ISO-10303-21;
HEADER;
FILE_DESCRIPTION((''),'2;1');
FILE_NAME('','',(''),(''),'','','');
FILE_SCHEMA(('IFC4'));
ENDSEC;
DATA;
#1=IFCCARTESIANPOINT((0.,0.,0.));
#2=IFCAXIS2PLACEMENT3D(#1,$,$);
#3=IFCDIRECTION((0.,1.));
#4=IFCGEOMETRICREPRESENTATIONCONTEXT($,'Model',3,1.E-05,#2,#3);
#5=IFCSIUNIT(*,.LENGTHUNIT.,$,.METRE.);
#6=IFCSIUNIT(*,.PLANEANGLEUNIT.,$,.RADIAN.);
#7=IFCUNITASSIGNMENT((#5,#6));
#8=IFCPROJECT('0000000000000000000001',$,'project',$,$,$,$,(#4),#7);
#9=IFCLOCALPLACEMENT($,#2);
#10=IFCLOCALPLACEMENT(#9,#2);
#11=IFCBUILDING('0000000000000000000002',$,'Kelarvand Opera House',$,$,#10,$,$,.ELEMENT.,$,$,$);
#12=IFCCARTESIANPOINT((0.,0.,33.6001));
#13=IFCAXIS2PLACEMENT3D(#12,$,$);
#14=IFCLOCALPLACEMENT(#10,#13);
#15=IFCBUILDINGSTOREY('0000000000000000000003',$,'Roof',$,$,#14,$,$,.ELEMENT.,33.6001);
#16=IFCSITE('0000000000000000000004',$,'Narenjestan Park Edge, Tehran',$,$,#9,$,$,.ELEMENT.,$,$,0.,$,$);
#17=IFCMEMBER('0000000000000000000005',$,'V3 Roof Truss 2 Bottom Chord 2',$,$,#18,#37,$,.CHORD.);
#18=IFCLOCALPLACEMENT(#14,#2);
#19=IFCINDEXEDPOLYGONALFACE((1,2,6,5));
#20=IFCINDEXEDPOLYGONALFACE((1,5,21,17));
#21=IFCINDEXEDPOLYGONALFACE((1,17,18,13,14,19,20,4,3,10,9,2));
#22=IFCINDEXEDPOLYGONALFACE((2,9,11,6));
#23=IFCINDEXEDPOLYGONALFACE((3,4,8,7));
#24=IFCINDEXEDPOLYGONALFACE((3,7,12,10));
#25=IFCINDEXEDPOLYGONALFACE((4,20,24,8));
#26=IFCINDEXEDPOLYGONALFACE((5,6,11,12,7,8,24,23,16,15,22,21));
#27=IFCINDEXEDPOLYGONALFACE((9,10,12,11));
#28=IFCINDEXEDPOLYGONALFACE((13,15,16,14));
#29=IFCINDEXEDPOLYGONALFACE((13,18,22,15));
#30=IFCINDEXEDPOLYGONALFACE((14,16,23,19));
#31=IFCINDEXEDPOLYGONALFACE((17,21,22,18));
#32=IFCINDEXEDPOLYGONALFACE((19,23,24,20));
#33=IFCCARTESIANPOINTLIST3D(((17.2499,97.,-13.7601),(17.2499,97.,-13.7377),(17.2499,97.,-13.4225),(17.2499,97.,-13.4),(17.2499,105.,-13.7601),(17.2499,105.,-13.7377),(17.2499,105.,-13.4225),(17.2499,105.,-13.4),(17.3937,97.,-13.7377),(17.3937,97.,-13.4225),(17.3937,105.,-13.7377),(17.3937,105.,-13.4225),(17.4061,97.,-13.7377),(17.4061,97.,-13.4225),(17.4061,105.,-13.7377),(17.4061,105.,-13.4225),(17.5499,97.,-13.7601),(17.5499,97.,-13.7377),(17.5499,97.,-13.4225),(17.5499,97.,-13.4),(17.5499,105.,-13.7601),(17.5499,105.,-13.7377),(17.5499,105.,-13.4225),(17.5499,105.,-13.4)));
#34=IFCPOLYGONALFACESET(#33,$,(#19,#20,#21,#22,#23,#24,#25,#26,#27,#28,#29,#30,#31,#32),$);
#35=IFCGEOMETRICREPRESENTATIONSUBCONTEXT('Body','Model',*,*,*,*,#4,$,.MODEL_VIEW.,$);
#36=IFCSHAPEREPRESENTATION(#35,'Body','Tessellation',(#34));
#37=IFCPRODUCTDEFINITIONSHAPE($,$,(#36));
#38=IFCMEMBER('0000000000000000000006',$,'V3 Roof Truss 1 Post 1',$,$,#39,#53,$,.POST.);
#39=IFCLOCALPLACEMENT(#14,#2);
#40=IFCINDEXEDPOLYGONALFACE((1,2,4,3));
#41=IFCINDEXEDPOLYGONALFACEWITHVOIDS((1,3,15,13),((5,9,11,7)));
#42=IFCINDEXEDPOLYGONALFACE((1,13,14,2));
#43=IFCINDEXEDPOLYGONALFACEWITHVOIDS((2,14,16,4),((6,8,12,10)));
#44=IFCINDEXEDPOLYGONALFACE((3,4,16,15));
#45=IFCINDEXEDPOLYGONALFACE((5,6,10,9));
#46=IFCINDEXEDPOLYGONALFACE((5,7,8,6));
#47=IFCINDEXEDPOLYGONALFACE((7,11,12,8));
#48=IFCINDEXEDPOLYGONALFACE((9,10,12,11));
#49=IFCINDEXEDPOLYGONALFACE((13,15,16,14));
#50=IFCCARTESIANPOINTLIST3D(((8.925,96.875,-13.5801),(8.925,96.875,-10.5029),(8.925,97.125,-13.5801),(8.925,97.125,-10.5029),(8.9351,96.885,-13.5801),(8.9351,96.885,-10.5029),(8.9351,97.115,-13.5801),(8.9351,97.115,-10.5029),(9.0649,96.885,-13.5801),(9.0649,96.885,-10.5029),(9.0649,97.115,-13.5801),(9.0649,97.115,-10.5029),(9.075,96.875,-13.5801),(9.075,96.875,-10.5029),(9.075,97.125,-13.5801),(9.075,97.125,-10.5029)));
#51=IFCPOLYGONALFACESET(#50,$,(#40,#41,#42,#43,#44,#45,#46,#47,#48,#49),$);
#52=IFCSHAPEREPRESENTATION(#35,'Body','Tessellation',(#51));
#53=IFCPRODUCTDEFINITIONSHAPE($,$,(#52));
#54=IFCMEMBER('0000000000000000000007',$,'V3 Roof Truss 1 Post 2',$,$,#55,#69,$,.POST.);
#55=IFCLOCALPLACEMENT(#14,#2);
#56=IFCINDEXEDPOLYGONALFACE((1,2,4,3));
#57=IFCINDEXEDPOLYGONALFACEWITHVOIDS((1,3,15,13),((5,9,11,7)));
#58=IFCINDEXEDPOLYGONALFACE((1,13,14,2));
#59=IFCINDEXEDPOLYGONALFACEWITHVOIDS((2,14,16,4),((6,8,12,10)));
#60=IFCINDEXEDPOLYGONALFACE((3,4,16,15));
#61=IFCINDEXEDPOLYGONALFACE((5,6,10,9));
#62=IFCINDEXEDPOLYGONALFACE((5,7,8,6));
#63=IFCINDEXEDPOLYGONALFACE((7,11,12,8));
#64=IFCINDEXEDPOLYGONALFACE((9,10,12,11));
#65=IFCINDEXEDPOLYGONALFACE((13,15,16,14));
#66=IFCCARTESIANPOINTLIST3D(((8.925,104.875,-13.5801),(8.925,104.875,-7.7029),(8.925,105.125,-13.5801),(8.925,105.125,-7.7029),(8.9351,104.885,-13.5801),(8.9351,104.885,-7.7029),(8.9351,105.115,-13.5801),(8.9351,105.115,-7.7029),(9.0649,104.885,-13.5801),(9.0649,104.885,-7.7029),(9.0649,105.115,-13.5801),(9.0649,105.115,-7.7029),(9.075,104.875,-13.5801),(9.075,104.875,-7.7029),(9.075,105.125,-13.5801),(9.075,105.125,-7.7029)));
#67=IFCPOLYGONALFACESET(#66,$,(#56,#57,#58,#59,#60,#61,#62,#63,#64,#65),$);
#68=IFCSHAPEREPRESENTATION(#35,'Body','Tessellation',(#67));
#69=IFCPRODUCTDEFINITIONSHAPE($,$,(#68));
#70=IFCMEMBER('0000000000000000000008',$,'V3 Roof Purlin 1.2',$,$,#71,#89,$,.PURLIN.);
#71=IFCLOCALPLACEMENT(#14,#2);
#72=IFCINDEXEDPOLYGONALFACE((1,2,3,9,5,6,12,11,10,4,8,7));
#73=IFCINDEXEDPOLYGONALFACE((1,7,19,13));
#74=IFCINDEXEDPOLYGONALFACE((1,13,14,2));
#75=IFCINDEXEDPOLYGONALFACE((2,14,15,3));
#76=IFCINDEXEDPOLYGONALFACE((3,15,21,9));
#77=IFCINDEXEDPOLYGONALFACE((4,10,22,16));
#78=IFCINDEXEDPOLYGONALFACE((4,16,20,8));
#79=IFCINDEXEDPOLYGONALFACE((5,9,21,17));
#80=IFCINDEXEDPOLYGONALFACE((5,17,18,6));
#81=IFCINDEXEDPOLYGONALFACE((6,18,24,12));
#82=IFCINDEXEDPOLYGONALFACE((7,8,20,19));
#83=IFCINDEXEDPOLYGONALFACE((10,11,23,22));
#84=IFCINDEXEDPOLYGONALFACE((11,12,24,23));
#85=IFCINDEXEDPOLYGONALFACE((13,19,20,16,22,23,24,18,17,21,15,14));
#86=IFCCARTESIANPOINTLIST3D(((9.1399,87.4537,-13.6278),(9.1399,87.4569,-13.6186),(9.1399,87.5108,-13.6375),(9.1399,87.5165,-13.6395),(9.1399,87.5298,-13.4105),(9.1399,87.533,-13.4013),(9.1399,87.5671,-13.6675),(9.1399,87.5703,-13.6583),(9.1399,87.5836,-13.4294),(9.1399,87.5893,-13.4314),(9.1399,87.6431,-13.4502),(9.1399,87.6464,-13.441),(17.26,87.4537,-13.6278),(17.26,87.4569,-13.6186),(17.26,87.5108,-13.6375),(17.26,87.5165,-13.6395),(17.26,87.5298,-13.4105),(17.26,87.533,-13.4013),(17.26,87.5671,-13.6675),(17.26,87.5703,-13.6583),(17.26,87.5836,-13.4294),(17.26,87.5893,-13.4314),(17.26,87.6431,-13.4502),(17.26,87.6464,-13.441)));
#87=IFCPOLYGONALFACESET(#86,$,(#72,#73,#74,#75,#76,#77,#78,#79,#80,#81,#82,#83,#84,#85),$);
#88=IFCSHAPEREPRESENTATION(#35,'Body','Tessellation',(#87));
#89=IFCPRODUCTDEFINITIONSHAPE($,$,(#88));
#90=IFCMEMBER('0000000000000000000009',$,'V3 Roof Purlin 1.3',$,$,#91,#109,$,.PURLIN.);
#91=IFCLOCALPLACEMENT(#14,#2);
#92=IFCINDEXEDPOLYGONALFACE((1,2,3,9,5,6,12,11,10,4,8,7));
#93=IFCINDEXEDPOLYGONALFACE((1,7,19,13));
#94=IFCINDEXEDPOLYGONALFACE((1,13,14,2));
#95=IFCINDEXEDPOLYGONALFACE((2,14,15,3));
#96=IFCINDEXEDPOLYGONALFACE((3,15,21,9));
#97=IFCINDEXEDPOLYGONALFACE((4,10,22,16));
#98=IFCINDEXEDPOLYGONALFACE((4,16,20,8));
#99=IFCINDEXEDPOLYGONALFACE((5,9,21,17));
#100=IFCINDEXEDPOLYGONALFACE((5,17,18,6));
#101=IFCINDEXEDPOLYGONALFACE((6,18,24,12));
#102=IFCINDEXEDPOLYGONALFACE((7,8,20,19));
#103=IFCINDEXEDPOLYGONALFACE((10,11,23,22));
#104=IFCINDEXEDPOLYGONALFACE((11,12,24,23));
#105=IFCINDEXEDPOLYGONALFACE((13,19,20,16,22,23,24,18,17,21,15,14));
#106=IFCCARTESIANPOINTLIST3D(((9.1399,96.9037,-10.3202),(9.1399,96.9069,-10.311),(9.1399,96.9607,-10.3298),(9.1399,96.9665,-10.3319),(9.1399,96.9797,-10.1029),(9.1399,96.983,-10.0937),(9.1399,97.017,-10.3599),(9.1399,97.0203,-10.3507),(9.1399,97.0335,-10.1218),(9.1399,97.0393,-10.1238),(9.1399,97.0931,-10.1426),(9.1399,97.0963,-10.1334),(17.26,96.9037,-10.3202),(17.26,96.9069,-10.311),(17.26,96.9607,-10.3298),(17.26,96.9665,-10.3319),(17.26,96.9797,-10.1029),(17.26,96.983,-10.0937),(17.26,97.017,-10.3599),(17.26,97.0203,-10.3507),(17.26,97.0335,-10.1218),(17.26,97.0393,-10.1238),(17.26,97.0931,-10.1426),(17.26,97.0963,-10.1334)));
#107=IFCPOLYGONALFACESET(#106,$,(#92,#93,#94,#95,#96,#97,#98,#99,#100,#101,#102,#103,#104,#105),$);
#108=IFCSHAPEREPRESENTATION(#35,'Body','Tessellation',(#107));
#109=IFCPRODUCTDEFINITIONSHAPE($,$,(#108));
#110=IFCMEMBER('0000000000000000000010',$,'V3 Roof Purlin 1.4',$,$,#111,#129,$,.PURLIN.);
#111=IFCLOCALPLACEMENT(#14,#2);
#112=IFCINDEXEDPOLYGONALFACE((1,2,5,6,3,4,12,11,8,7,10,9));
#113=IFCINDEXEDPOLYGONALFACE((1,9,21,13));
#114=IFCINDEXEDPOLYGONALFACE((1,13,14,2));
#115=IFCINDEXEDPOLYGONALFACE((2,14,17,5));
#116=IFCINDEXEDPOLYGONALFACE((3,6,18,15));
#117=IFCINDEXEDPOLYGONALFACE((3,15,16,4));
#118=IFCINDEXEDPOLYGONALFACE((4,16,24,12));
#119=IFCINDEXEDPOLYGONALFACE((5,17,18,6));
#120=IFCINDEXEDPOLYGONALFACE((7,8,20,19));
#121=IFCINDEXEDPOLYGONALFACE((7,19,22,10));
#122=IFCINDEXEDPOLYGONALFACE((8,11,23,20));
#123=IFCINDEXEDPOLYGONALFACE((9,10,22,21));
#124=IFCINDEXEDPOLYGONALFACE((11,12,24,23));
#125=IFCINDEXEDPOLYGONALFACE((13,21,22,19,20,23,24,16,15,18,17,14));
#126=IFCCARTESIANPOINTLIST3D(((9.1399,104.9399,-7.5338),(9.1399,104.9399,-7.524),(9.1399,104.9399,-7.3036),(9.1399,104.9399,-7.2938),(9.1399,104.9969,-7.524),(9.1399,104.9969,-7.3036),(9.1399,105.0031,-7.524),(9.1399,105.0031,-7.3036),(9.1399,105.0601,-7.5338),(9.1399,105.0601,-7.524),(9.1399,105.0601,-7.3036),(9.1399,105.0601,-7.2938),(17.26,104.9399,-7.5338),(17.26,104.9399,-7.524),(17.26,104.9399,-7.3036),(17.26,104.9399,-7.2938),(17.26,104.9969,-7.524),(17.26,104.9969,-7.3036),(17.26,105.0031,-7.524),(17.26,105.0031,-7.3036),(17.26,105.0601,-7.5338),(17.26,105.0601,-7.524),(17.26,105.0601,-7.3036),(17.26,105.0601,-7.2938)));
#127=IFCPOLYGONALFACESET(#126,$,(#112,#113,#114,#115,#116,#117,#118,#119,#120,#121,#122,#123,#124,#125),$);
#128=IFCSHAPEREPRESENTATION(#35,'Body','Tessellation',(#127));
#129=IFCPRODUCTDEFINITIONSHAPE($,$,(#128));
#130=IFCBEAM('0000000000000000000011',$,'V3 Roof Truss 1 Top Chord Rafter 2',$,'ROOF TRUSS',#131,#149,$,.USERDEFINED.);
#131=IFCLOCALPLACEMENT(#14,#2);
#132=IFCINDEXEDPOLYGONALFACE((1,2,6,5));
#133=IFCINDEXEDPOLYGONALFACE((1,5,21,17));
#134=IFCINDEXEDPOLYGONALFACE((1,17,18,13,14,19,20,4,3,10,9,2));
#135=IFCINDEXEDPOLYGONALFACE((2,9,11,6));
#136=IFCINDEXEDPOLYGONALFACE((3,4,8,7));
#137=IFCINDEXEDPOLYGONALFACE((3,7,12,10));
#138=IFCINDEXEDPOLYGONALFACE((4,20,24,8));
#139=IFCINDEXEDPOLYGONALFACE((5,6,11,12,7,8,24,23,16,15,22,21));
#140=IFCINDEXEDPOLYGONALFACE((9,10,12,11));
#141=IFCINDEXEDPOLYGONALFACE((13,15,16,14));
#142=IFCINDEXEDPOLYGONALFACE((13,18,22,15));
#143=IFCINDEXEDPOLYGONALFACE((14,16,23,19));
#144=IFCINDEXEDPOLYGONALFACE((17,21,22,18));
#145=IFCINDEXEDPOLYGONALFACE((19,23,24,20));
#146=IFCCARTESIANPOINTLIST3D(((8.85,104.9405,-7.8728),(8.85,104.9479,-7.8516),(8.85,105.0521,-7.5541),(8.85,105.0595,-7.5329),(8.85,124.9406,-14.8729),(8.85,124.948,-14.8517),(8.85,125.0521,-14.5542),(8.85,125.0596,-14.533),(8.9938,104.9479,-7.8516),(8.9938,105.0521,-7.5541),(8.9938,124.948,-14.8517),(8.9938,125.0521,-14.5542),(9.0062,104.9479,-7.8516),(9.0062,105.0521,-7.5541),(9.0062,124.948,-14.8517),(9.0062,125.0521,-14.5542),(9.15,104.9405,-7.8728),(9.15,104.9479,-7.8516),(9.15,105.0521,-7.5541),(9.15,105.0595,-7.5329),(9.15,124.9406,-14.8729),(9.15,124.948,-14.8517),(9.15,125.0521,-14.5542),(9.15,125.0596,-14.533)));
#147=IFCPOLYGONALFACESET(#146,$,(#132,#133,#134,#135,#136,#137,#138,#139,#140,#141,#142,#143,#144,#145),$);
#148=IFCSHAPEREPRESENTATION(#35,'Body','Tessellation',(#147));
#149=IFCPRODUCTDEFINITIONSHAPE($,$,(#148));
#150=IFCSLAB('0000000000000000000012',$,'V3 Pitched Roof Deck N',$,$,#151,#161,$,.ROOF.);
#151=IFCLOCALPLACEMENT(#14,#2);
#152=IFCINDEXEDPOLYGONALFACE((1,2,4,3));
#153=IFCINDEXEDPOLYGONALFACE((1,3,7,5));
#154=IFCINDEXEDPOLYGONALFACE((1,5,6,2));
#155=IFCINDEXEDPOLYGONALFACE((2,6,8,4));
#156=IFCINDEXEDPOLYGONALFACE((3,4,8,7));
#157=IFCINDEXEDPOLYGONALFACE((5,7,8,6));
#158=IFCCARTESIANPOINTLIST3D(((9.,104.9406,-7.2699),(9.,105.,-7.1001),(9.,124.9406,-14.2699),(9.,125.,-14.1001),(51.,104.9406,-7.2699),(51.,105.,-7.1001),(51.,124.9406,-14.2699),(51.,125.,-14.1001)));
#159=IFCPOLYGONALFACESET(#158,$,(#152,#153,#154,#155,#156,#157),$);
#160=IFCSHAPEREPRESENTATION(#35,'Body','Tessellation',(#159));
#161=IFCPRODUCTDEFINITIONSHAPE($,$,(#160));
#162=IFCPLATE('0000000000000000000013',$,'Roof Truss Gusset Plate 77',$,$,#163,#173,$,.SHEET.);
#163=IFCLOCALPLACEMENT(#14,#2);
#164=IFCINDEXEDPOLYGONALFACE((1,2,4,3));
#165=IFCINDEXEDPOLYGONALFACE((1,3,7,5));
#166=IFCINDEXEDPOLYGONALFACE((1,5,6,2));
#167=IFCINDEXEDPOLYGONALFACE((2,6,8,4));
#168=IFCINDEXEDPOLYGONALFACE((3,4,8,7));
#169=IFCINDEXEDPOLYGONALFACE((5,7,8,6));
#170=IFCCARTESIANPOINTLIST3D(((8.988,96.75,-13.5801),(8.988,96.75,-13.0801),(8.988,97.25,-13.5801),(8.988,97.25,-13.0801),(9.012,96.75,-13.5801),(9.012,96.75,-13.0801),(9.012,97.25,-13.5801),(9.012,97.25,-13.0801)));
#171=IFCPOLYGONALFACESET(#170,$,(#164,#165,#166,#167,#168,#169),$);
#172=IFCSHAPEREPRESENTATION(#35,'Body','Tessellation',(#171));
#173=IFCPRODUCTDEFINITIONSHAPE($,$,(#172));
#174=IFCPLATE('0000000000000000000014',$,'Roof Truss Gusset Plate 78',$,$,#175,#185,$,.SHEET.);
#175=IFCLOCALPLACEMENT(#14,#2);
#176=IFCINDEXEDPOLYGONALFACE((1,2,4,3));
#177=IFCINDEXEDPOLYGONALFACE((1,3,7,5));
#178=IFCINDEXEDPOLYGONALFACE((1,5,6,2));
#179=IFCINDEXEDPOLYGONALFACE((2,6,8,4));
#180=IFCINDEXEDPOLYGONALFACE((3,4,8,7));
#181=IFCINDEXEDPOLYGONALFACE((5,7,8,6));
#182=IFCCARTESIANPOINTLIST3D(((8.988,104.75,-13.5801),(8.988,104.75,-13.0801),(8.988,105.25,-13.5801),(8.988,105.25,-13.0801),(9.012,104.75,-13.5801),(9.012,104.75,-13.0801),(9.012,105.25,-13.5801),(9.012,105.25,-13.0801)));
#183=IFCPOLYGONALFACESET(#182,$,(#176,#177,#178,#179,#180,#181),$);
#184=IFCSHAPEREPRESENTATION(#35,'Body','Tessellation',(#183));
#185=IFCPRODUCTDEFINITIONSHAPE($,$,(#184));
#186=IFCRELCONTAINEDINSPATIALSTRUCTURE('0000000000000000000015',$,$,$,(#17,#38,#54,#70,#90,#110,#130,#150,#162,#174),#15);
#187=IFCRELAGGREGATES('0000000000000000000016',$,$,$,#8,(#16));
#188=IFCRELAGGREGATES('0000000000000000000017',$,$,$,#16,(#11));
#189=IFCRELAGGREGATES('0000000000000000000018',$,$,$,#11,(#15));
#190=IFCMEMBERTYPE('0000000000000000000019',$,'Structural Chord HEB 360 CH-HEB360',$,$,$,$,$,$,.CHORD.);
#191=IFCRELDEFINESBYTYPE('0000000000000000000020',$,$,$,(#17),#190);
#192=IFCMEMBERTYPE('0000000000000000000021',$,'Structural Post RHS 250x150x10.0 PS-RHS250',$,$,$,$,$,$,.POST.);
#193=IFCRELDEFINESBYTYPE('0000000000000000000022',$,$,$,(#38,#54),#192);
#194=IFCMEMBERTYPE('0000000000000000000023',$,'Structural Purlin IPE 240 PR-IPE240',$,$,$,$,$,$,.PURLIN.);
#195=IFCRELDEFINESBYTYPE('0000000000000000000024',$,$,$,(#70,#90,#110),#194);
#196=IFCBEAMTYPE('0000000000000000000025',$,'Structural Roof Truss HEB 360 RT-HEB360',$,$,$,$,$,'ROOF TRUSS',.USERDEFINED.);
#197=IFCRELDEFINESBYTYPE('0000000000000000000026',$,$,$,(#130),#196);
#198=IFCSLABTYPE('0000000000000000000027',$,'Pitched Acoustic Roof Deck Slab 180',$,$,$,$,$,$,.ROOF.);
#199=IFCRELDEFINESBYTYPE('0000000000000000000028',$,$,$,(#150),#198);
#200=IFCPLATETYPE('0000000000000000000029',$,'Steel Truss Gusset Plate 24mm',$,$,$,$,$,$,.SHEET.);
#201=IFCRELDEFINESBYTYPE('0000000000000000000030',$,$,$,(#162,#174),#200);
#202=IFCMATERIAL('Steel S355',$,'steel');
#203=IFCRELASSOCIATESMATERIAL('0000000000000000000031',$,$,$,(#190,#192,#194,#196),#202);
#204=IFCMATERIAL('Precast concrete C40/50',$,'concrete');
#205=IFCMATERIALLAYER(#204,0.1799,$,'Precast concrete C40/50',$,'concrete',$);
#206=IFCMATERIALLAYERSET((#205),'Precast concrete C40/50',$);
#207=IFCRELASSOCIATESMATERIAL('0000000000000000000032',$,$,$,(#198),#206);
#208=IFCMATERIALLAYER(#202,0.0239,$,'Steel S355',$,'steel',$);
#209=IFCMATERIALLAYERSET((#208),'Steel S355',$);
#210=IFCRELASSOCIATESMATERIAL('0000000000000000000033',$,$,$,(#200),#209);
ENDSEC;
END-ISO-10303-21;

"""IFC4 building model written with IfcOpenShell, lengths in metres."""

from ifc_helpers import new_model, si_unit, direction, frame, origin, origin_2d, place, context, subcontext, project, spatial, polyline, rectangle, hollow_rectangle, i_section, outline, extrude, material, layer, layer_set, material_profile, profile_set, type_object, element, save


model = new_model("IFC4")

# Units and contexts
model_context = context("Model", 3, precision=1e-05, world=origin(), true_north=direction((0.0, 1.0)))
body_context = subcontext(model_context, "Body", "Model", "MODEL_VIEW")
ifc_project = project(units=[si_unit("LENGTHUNIT", "METRE"), si_unit("PLANEANGLEUNIT", "RADIAN")], contexts=[model_context])

# Site, building, storey
site_placement = place(None, origin())
site = spatial("IfcSite", under=ifc_project, at=site_placement, Name="Narenjestan Park Edge, Tehran", CompositionType="ELEMENT", RefElevation=0.0)
building_placement = place(site_placement, origin())
building = spatial("IfcBuilding", under=site, at=building_placement, Name="Kelarvand Opera House", CompositionType="ELEMENT")
storey_placement = place(building_placement, frame((0.0, 0.0, 33.6001)))
storey = spatial("IfcBuildingStorey", under=building, at=storey_placement, Name="Roof", CompositionType="ELEMENT", Elevation=33.6001)

# Members
ifc_material_1 = material(Name="Steel S355", Category="steel")
ifc_material_profile_1 = material_profile(ifc_material_1, i_section(OverallWidth=0.3, OverallDepth=0.3601, WebThickness=0.0125, FlangeThickness=0.0225, at=origin_2d()), Name="HEB 360", Category="steel")
ifc_profile_set_1 = profile_set([ifc_material_profile_1], Name="Steel S355")
member_type_1 = type_object("IfcMemberType", Name="Structural Chord HEB 360 CH-HEB360", PredefinedType="CHORD", material=ifc_profile_set_1)
for number, where, z_axis, x_axis, name in (
    (1, (17.3999, 97.0, -13.5801), (0.0, 1.0, 0.0), (-1.0, 0.0, 0.0), "V3 Roof Truss 2 Bottom Chord 2"),
):
    element("IfcMember", number, at=place(storey_placement, frame(where, z_axis=z_axis, x_axis=x_axis)), inside=storey, type_object=member_type_1, Name=name, PredefinedType="CHORD", context=body_context, shape_type="SweptSolid", body=[
        extrude(i_section(OverallWidth=0.3, OverallDepth=0.3601, WebThickness=0.0125, FlangeThickness=0.0225, at=origin_2d()), origin(), (0.0, 0.0, 1.0), 8.0),
    ])
ifc_material_profile_2 = material_profile(ifc_material_1, hollow_rectangle(XDim=0.1499, YDim=0.25, WallThickness=0.01, at=origin_2d()), Name="RHS 250x150x10.0", Category="steel")
ifc_profile_set_2 = profile_set([ifc_material_profile_2], Name="Steel S355")
member_type_2 = type_object("IfcMemberType", Name="Structural Post RHS 250x150x10.0 PS-RHS250", PredefinedType="POST", material=ifc_profile_set_2)
member_1_placement = place(storey_placement, frame((9.0, 97.0, -13.5801), z_axis=(0.0, 0.0, 1.0), x_axis=(1.0, 0.0, 0.0)))
element("IfcMember", 2, at=member_1_placement, inside=storey, type_object=member_type_2, Name="V3 Roof Truss 1 Post 1", PredefinedType="POST", context=body_context, shape_type="SweptSolid", body=[
    extrude(hollow_rectangle(XDim=0.1499, YDim=0.25, WallThickness=0.01, at=origin_2d()), origin(), (0.0, 0.0, 1.0), 3.0771),
])
member_2_placement = place(storey_placement, frame((9.0, 105.0, -13.5801), z_axis=(0.0, 0.0, 1.0), x_axis=(1.0, 0.0, 0.0)))
element("IfcMember", 3, at=member_2_placement, inside=storey, type_object=member_type_2, Name="V3 Roof Truss 1 Post 2", PredefinedType="POST", context=body_context, shape_type="SweptSolid", body=[
    extrude(hollow_rectangle(XDim=0.1499, YDim=0.25, WallThickness=0.01, at=origin_2d()), origin(), (0.0, 0.0, 1.0), 5.8772),
])
ifc_material_profile_3 = material_profile(ifc_material_1, i_section(OverallWidth=0.1201, OverallDepth=0.24, WebThickness=0.0061, FlangeThickness=0.0098, at=origin_2d()), Name="IPE 240", Category="steel")
ifc_profile_set_3 = profile_set([ifc_material_profile_3], Name="Steel S355")
member_type_3 = type_object("IfcMemberType", Name="Structural Purlin IPE 240 PR-IPE240", PredefinedType="PURLIN", material=ifc_profile_set_3)
for number, where, z_axis, x_axis, name in (
    (4, (9.1399, 87.55, -13.5344), (1.0, 0.0, 0.0), (0.0, 0.943859, -0.33035), "V3 Roof Purlin 1.2"),
    (5, (9.1399, 97.0, -10.2268), (1.0, 0.0, 0.0), (0.0, 0.943859, -0.33035), "V3 Roof Purlin 1.3"),
    (6, (9.1399, 105.0, -7.4138), (1.0, 0.0, 0.0), (0.0, 1.0, 0.0), "V3 Roof Purlin 1.4"),
):
    element("IfcMember", number, at=place(storey_placement, frame(where, z_axis=z_axis, x_axis=x_axis)), inside=storey, type_object=member_type_3, Name=name, PredefinedType="PURLIN", context=body_context, shape_type="SweptSolid", body=[
        extrude(i_section(OverallWidth=0.1201, OverallDepth=0.24, WebThickness=0.0061, FlangeThickness=0.0098, at=origin_2d()), origin(), (0.0, 0.0, 1.0), 8.1201),
    ])

# Beam
ifc_material_profile_4 = material_profile(ifc_material_1, i_section(OverallWidth=0.3, OverallDepth=0.3601, WebThickness=0.0125, FlangeThickness=0.0225, at=origin_2d()), Name="HEB 360", Category="steel")
ifc_profile_set_4 = profile_set([ifc_material_profile_4], Name="Steel S355")
beam_type = type_object("IfcBeamType", Name="Structural Roof Truss HEB 360 RT-HEB360", ElementType="ROOF TRUSS", PredefinedType="USERDEFINED", material=ifc_profile_set_4)
beam_placement = place(storey_placement, frame((9.0, 105.0, -7.7029), z_axis=(0.0, 0.943858, -0.33035), x_axis=(-1.0, 0.0, 0.0)))
element("IfcBeam", 7, at=beam_placement, inside=storey, type_object=beam_type, Name="V3 Roof Truss 1 Top Chord Rafter 2", ObjectType="ROOF TRUSS", PredefinedType="USERDEFINED", context=body_context, shape_type="SweptSolid", body=[
    extrude(i_section(OverallWidth=0.3, OverallDepth=0.3601, WebThickness=0.0125, FlangeThickness=0.0225, at=origin_2d()), origin(), (0.0, 0.0, 1.0), 21.1897),
])

# Slab
ifc_material_2 = material(Name="Precast concrete C40/50", Category="concrete")
ifc_layer_1 = layer(ifc_material_2, 0.1799, Name="Precast concrete C40/50", Category="concrete")
ifc_layer_set_1 = layer_set([ifc_layer_1], Name="Precast concrete C40/50")
slab_type = type_object("IfcSlabType", Name="Pitched Acoustic Roof Deck Slab 180", PredefinedType="ROOF", material=ifc_layer_set_1)
slab_placement = place(storey_placement, frame((9.0, 105.0, -7.1001), z_axis=(0.0, 0.33035, 0.943858), x_axis=(1.0, 0.0, 0.0)))
element("IfcSlab", 8, at=slab_placement, inside=storey, type_object=slab_type, Name="V3 Pitched Roof Deck N", PredefinedType="ROOF", context=body_context, shape_type="SweptSolid", body=[
    extrude(outline(polyline([(0.0, 0.0), (42.0, 0.0), (42.0, 21.1896), (0.0, 21.1896), (0.0, 0.0)])), origin(), (0.0, 0.0, -1.0), 0.1799),
])

# Plates
ifc_layer_2 = layer(ifc_material_1, 0.0239, Name="Steel S355", Category="steel")
ifc_layer_set_2 = layer_set([ifc_layer_2], Name="Steel S355")
plate_type = type_object("IfcPlateType", Name="Steel Truss Gusset Plate 24mm", PredefinedType="SHEET", material=ifc_layer_set_2)
for number, where, z_axis, x_axis, name in (
    (9, (9.0, 97.0, -13.5801), (0.0, 0.0, 1.0), (1.0, 0.0, 0.0), "Roof Truss Gusset Plate 77"),
    (10, (9.0, 105.0, -13.5801), (0.0, 0.0, 1.0), (1.0, 0.0, 0.0), "Roof Truss Gusset Plate 78"),
):
    element("IfcPlate", number, at=place(storey_placement, frame(where, z_axis=z_axis, x_axis=x_axis)), inside=storey, type_object=plate_type, Name=name, PredefinedType="SHEET", context=body_context, shape_type="SweptSolid", body=[
        extrude(rectangle(XDim=0.0239, YDim=0.5, at=origin_2d()), origin(), (0.0, 0.0, 1.0), 0.5),
    ])

save(model, "model.ifc")
